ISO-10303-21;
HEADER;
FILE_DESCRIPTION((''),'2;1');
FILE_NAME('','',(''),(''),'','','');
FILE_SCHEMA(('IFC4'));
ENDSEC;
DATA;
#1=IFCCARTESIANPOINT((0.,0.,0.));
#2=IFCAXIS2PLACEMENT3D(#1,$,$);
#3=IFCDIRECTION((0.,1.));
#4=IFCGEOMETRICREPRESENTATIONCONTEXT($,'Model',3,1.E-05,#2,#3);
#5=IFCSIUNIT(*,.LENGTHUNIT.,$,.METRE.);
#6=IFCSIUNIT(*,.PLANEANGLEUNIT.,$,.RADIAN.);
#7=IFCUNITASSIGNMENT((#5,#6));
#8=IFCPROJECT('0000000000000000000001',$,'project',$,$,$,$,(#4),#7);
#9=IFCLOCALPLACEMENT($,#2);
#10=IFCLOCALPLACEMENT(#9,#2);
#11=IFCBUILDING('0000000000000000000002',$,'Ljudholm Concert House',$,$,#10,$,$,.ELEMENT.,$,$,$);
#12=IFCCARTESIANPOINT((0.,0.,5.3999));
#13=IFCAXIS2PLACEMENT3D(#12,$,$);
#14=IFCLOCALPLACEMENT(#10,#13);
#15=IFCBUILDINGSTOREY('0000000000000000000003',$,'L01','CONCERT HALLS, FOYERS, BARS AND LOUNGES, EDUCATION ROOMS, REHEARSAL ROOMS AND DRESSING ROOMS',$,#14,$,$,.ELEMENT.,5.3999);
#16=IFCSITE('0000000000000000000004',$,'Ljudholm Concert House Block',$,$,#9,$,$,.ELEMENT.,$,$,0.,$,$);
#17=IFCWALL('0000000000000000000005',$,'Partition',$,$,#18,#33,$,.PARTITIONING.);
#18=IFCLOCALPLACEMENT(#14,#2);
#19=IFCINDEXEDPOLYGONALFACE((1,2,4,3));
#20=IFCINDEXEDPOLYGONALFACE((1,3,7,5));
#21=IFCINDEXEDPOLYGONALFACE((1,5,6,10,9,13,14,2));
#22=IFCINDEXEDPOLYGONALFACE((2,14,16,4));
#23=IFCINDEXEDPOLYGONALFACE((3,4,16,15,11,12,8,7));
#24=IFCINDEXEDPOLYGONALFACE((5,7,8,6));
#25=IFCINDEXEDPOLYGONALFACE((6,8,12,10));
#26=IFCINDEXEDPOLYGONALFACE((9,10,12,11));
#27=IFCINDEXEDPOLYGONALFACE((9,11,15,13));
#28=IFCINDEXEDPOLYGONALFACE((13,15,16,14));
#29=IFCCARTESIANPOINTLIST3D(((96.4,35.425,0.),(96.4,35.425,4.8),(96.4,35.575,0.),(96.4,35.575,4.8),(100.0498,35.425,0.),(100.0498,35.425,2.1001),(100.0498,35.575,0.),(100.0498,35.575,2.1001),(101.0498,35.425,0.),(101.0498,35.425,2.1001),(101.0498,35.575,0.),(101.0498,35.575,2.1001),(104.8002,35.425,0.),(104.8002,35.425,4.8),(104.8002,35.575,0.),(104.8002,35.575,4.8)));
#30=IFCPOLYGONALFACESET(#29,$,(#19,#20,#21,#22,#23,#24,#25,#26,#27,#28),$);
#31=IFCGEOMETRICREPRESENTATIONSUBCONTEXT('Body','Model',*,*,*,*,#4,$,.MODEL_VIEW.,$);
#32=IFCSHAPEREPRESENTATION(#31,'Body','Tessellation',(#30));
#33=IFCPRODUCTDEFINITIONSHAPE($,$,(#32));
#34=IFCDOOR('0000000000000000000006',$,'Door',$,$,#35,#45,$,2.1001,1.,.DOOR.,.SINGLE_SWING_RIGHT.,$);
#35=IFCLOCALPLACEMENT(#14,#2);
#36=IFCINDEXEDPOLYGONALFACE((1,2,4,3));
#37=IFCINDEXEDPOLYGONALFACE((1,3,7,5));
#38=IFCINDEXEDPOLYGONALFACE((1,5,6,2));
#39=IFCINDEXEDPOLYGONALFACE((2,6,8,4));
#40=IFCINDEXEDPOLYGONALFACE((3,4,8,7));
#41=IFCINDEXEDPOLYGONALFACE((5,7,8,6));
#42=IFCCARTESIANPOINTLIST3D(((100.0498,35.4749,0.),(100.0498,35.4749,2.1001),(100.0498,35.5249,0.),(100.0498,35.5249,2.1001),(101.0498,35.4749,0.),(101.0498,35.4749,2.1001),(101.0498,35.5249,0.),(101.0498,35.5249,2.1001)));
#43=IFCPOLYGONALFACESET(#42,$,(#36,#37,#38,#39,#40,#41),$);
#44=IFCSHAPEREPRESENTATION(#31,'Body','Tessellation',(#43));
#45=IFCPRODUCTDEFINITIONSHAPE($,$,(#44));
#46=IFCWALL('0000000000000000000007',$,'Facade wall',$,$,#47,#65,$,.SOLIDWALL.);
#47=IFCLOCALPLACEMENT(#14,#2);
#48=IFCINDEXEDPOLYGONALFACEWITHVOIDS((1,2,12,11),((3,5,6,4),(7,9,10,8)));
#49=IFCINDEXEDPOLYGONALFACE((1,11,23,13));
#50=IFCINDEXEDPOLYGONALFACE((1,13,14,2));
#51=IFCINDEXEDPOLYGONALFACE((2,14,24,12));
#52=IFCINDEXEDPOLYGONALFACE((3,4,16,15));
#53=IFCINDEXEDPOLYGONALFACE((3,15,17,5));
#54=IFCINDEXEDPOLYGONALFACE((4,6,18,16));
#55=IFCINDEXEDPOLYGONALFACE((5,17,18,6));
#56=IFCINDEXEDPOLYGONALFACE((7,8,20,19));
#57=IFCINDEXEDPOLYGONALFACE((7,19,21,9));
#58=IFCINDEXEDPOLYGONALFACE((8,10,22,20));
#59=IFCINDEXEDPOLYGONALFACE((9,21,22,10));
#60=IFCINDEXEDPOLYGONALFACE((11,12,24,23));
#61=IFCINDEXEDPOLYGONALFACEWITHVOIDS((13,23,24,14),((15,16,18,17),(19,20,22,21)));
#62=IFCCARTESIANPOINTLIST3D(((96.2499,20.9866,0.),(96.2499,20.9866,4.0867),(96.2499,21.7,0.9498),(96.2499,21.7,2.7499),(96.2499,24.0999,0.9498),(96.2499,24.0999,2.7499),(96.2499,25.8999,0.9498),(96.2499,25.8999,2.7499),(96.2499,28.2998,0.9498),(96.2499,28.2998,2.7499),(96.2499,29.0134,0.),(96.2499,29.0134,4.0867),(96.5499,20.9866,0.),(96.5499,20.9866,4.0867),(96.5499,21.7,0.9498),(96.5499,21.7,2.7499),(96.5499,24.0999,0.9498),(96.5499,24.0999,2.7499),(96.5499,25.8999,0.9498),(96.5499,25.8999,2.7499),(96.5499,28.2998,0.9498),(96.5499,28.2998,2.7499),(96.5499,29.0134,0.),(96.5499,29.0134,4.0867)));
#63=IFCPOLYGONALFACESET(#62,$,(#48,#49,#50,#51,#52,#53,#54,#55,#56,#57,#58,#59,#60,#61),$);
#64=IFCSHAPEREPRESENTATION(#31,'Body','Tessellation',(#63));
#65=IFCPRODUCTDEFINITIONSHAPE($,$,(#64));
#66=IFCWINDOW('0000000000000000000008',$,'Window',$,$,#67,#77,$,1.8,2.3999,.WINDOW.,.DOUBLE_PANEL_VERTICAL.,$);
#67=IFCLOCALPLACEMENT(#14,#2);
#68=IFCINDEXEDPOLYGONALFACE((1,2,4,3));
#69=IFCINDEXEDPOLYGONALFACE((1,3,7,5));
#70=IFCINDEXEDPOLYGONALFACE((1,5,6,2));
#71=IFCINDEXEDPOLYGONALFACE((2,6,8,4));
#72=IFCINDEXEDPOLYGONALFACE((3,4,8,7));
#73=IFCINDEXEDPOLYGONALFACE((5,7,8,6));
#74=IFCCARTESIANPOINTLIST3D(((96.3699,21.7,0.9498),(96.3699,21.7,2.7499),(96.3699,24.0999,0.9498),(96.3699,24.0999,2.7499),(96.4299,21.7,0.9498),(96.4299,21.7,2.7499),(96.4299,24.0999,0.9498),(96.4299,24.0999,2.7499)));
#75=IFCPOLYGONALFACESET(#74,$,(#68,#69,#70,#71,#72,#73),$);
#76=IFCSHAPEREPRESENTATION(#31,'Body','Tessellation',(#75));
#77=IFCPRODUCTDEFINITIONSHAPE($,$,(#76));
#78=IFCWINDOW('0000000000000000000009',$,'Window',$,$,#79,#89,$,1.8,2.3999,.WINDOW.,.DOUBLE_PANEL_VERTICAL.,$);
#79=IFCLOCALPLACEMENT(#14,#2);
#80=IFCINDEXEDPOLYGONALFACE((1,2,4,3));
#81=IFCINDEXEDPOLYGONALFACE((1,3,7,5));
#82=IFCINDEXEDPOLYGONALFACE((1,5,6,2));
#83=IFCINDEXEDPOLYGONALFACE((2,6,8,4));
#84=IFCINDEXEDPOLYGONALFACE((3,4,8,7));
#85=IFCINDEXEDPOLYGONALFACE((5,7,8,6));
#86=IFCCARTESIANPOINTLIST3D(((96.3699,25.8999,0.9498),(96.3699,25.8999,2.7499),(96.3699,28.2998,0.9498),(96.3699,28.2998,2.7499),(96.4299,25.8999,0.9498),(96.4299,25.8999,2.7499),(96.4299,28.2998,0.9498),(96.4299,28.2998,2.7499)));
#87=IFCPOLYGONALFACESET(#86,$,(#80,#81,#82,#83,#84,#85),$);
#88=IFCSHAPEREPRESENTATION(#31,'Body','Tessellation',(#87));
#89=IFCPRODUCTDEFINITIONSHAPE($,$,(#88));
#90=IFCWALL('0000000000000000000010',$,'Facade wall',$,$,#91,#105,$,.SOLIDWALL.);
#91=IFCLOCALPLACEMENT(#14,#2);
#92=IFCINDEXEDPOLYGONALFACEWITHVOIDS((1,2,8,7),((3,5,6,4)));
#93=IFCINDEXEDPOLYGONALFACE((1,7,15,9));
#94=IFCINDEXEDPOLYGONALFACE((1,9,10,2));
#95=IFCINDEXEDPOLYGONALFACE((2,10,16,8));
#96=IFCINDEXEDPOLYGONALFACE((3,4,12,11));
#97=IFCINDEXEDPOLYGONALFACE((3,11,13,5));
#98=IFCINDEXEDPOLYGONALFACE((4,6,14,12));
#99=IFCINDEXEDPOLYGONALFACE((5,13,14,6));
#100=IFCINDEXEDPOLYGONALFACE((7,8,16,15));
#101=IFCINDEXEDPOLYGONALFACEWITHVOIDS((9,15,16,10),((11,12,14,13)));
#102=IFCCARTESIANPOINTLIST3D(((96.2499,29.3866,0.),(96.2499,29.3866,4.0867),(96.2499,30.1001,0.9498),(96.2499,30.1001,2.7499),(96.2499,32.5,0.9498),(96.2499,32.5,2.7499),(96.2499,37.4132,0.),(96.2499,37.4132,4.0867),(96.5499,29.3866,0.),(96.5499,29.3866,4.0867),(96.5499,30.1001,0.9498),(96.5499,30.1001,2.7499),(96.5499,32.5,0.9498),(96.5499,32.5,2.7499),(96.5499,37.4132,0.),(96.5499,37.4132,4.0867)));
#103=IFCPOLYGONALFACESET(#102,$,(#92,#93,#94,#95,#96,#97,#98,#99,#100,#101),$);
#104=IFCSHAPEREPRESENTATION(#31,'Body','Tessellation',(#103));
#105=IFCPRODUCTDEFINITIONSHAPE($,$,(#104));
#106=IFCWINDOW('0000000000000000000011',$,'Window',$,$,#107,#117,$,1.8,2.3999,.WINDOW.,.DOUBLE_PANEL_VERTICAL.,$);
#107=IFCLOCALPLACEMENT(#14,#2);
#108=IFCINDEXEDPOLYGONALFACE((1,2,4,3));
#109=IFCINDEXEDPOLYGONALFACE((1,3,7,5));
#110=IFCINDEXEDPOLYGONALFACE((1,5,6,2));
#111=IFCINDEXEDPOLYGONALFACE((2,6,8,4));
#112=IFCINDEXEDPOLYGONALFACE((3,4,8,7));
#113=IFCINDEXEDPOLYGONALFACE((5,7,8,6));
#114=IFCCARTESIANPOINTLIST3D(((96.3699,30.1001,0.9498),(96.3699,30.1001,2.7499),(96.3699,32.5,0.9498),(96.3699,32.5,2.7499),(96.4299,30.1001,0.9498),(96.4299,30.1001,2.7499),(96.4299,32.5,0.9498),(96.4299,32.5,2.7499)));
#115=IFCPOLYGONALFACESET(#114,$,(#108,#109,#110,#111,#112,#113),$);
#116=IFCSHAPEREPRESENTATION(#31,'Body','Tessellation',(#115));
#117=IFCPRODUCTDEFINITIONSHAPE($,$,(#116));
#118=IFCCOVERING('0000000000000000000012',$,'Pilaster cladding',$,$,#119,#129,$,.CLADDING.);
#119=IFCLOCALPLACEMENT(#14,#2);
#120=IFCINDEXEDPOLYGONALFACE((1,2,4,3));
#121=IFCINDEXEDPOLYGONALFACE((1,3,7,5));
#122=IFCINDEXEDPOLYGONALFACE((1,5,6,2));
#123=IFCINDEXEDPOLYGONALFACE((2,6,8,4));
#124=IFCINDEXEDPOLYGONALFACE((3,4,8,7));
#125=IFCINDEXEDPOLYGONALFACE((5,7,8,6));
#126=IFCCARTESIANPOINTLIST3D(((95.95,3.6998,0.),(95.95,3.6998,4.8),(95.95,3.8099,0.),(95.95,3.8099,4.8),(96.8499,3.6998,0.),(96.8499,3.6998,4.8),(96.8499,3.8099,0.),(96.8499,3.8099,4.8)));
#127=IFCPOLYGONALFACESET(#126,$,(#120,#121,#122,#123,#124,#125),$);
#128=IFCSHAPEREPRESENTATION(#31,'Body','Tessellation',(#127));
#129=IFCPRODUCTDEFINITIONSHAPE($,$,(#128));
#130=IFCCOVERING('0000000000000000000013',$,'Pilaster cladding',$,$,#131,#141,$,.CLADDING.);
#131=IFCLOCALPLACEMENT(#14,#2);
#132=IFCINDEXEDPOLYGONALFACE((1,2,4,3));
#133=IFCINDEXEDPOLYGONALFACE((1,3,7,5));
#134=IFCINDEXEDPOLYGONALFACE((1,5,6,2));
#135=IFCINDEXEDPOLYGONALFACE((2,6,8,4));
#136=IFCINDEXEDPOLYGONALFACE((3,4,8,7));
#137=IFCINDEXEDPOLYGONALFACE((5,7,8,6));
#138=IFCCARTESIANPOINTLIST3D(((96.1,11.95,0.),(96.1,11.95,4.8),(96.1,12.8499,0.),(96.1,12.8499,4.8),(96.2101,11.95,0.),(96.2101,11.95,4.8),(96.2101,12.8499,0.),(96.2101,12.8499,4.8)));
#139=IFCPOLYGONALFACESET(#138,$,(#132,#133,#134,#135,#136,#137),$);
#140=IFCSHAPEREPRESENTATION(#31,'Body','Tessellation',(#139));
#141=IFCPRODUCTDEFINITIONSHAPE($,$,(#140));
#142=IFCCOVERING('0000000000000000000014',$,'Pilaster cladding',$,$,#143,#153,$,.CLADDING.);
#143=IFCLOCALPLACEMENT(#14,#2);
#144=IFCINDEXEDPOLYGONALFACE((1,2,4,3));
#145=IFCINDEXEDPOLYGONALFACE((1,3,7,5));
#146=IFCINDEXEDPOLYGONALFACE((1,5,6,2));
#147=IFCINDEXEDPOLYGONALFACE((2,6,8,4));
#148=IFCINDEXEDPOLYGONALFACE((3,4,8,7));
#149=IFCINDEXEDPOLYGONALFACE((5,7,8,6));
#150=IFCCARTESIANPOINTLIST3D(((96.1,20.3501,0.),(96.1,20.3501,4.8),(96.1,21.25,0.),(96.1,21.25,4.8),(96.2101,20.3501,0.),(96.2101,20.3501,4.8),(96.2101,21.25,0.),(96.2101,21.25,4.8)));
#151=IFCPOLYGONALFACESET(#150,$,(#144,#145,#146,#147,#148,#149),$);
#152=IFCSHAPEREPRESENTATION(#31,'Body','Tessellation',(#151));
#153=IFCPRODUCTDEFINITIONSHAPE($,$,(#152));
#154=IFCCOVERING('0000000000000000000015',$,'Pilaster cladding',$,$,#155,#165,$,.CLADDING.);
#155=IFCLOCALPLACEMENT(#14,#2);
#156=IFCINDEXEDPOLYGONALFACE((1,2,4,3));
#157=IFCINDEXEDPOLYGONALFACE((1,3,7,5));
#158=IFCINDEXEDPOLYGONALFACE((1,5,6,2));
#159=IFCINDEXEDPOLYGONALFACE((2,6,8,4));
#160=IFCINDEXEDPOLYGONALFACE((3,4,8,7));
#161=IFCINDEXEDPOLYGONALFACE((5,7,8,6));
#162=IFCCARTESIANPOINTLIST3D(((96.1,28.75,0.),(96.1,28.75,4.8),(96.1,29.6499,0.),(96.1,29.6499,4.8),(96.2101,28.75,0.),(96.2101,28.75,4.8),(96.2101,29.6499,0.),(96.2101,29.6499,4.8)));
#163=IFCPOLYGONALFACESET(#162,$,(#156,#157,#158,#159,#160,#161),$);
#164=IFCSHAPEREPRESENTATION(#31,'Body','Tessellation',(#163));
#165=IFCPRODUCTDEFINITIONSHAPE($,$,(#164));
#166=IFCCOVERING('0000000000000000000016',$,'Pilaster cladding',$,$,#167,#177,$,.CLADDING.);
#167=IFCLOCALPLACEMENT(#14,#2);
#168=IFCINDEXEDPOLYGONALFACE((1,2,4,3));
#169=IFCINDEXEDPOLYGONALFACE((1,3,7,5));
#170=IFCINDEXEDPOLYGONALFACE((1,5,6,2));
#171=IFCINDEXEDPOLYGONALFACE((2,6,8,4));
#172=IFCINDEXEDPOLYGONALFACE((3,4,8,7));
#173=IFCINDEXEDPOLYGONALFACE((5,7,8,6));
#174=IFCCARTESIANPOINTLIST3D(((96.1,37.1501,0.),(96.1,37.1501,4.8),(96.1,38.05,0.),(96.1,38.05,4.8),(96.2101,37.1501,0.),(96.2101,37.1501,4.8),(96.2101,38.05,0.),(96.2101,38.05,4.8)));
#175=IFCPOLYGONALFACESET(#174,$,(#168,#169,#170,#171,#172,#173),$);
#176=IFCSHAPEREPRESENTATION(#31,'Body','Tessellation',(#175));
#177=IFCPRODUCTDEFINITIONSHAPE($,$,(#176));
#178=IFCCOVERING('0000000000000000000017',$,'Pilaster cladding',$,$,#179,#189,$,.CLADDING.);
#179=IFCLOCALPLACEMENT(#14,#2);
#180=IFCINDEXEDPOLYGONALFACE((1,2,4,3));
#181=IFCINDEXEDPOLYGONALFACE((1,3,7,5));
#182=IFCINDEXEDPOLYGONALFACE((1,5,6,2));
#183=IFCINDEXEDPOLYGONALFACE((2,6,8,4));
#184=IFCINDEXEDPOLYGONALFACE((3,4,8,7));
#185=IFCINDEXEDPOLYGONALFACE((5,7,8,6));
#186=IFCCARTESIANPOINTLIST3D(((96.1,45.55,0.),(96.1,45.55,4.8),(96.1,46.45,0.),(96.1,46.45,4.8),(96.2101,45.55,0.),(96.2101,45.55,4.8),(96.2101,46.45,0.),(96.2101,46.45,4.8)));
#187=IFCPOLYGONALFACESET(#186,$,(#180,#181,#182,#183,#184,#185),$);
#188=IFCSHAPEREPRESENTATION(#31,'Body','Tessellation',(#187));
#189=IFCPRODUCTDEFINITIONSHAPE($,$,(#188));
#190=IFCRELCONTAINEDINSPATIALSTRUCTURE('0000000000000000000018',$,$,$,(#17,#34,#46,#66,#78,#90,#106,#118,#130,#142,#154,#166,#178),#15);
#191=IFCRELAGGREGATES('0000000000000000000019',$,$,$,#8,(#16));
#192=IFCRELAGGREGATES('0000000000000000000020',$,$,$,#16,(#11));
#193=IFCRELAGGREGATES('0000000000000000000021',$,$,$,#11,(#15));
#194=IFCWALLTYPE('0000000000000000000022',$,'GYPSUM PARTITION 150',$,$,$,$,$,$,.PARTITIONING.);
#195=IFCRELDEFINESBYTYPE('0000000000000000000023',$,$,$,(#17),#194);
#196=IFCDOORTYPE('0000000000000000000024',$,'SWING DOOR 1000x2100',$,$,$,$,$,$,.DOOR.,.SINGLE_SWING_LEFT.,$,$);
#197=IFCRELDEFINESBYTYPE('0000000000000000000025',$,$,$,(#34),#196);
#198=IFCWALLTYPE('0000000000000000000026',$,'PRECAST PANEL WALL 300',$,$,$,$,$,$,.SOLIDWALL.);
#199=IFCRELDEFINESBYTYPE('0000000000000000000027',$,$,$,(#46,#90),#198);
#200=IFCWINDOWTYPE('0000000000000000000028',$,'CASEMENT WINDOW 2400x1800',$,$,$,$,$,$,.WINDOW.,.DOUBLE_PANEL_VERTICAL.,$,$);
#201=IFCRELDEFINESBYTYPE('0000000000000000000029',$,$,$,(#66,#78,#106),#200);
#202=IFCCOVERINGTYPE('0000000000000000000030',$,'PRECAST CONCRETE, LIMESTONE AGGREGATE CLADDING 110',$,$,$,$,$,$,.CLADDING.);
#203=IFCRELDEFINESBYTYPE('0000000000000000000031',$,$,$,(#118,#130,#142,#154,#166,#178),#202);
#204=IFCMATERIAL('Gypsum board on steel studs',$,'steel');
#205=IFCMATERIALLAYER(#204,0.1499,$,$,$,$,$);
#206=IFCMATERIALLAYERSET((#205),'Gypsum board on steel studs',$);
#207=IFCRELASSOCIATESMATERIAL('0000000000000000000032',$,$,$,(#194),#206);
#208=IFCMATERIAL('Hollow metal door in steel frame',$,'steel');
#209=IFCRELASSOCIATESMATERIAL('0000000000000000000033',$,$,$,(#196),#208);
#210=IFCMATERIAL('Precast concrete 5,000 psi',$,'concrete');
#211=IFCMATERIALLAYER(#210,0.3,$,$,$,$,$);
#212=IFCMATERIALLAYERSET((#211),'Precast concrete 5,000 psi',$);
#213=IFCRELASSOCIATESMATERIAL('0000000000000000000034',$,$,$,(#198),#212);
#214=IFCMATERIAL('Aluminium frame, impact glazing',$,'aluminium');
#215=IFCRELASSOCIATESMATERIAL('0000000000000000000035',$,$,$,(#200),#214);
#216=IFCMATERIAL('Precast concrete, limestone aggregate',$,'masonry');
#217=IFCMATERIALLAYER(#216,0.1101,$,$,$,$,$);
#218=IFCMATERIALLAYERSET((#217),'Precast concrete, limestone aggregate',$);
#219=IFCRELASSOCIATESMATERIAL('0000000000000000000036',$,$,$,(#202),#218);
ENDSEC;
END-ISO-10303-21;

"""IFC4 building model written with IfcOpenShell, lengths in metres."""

from ifc_helpers import new_model, si_unit, direction, frame, frame_2d, origin, origin_2d, place, context, subcontext, project, spatial, rectangle, extrude, material, layer, layer_set, type_object, element, fill, save


model = new_model("IFC4")

# Units and contexts
model_context = context("Model", 3, precision=1e-05, world=origin(), true_north=direction((0.0, 1.0)))
body_context = subcontext(model_context, "Body", "Model", "MODEL_VIEW")
ifc_project = project(units=[si_unit("LENGTHUNIT", "METRE"), si_unit("PLANEANGLEUNIT", "RADIAN")], contexts=[model_context])

# Site, building, storey
site_placement = place(None, origin())
site = spatial("IfcSite", under=ifc_project, at=site_placement, Name="Ljudholm Concert House Block", CompositionType="ELEMENT", RefElevation=0.0)
building_placement = place(site_placement, origin())
building = spatial("IfcBuilding", under=site, at=building_placement, Name="Ljudholm Concert House", CompositionType="ELEMENT")
storey_placement = place(building_placement, frame((0.0, 0.0, 5.3999)))
storey = spatial("IfcBuildingStorey", under=building, at=storey_placement, Name="L01", Description="CONCERT HALLS, FOYERS, BARS AND LOUNGES, EDUCATION ROOMS, REHEARSAL ROOMS AND DRESSING ROOMS", CompositionType="ELEMENT", Elevation=5.3999)

# Wall, opening, door
ifc_material_1 = material(Name="Gypsum board on steel studs", Category="steel")
ifc_layer_1 = layer(ifc_material_1, 0.1499)
ifc_layer_set_1 = layer_set([ifc_layer_1], Name="Gypsum board on steel studs")
wall_type_1 = type_object("IfcWallType", Name="GYPSUM PARTITION 150", PredefinedType="PARTITIONING", material=ifc_layer_set_1)
wall_1_placement = place(storey_placement, frame((96.3999, 35.5, 0.0), z_axis=(0.0, 0.0, 1.0), x_axis=(1.0, 0.0, 0.0)))
wall_1 = element("IfcWall", 1, at=wall_1_placement, inside=storey, type_object=wall_type_1, Name="Partition", PredefinedType="PARTITIONING", context=body_context, shape_type="SweptSolid", body=[
    extrude(rectangle(XDim=8.4001, YDim=0.1499, at=frame_2d((4.2002, 0.0))), origin(), (0.0, 0.0, 1.0), 4.8),
])
opening_1_placement = place(wall_1_placement, frame((3.6499, 0.0, 0.0)))
opening_1 = element("IfcOpeningElement", 2, at=opening_1_placement, cuts=wall_1, PredefinedType="OPENING", context=body_context, shape_type="SweptSolid", body=[
    extrude(rectangle(XDim=1.0, YDim=2.1001, at=frame_2d((0.5, 1.05))), frame((0.0, 0.085, 0.0), z_axis=(0.0, -1.0, 0.0), x_axis=(1.0, 0.0, 0.0)), (0.0, 0.0, 1.0), 0.1699),
])
ifc_material_2 = material(Name="Hollow metal door in steel frame", Category="steel")
door_type = type_object("IfcDoorType", Name="SWING DOOR 1000x2100", OperationType="SINGLE_SWING_LEFT", PredefinedType="DOOR", material=ifc_material_2)
door_placement = place(opening_1_placement, origin())
door = element("IfcDoor", 3, at=door_placement, inside=storey, type_object=door_type, Name="Door", OperationType="SINGLE_SWING_RIGHT", OverallHeight=2.1001, OverallWidth=1.0, PredefinedType="DOOR", context=body_context, shape_type="SweptSolid", body=[
    extrude(rectangle(XDim=1.0, YDim=2.1001, at=frame_2d((0.5, 1.05))), frame((0.0, 0.0249, 0.0), z_axis=(0.0, -1.0, 0.0), x_axis=(1.0, 0.0, 0.0)), (0.0, 0.0, 1.0), 0.05),
])
fill(opening_1, door)

# Wall, openings, windows
ifc_material_3 = material(Name="Precast concrete 5,000 psi", Category="concrete")
ifc_layer_2 = layer(ifc_material_3, 0.3)
ifc_layer_set_2 = layer_set([ifc_layer_2], Name="Precast concrete 5,000 psi")
wall_type_2 = type_object("IfcWallType", Name="PRECAST PANEL WALL 300", PredefinedType="SOLIDWALL", material=ifc_layer_set_2)
wall_2_placement = place(storey_placement, frame((96.3999, 20.9866, 0.0), z_axis=(0.0, 0.0, 1.0), x_axis=(0.0, 1.0, 0.0)))
wall_2 = element("IfcWall", 4, at=wall_2_placement, inside=storey, type_object=wall_type_2, Name="Facade wall", PredefinedType="SOLIDWALL", context=body_context, shape_type="SweptSolid", body=[
    extrude(rectangle(XDim=8.0269, YDim=0.3, at=frame_2d((4.0134, 0.0))), origin(), (0.0, 0.0, 1.0), 4.0867),
])
opening_2_placement = place(wall_2_placement, frame((0.7134, 0.0, 0.95)))
opening_2 = element("IfcOpeningElement", 5, at=opening_2_placement, cuts=wall_2, PredefinedType="OPENING", context=body_context, shape_type="SweptSolid", body=[
    extrude(rectangle(XDim=2.3999, YDim=1.8, at=frame_2d((1.2, 0.8999))), frame((0.0, 0.1599, 0.0), z_axis=(0.0, -1.0, 0.0), x_axis=(1.0, 0.0, 0.0)), (0.0, 0.0, 1.0), 0.3201),
])
opening_3_placement = place(wall_2_placement, frame((4.9133, 0.0, 0.95)))
opening_3 = element("IfcOpeningElement", 6, at=opening_3_placement, cuts=wall_2, PredefinedType="OPENING", context=body_context, shape_type="SweptSolid", body=[
    extrude(rectangle(XDim=2.3999, YDim=1.8, at=frame_2d((1.2, 0.8999))), frame((0.0, 0.1599, 0.0), z_axis=(0.0, -1.0, 0.0), x_axis=(1.0, 0.0, 0.0)), (0.0, 0.0, 1.0), 0.3201),
])
ifc_material_4 = material(Name="Aluminium frame, impact glazing", Category="aluminium")
window_type = type_object("IfcWindowType", Name="CASEMENT WINDOW 2400x1800", PartitioningType="DOUBLE_PANEL_VERTICAL", PredefinedType="WINDOW", material=ifc_material_4)
window_1_placement = place(opening_2_placement, origin())
window_1 = element("IfcWindow", 7, at=window_1_placement, inside=storey, type_object=window_type, Name="Window", OverallHeight=1.8, OverallWidth=2.3999, PartitioningType="DOUBLE_PANEL_VERTICAL", PredefinedType="WINDOW", context=body_context, shape_type="SweptSolid", body=[
    extrude(rectangle(XDim=2.3999, YDim=1.8, at=frame_2d((1.2, 0.8999))), frame((0.0, 0.03, 0.0), z_axis=(0.0, -1.0, 0.0), x_axis=(1.0, 0.0, 0.0)), (0.0, 0.0, 1.0), 0.0601),
])
fill(opening_2, window_1)
window_2_placement = place(opening_3_placement, origin())
window_2 = element("IfcWindow", 8, at=window_2_placement, inside=storey, type_object=window_type, Name="Window", OverallHeight=1.8, OverallWidth=2.3999, PartitioningType="DOUBLE_PANEL_VERTICAL", PredefinedType="WINDOW", context=body_context, shape_type="SweptSolid", body=[
    extrude(rectangle(XDim=2.3999, YDim=1.8, at=frame_2d((1.2, 0.8999))), frame((0.0, 0.03, 0.0), z_axis=(0.0, -1.0, 0.0), x_axis=(1.0, 0.0, 0.0)), (0.0, 0.0, 1.0), 0.0601),
])
fill(opening_3, window_2)

# Wall, opening, window
wall_3_placement = place(storey_placement, frame((96.3999, 29.3867, 0.0), z_axis=(0.0, 0.0, 1.0), x_axis=(0.0, 1.0, 0.0)))
wall_3 = element("IfcWall", 9, at=wall_3_placement, inside=storey, type_object=wall_type_2, Name="Facade wall", PredefinedType="SOLIDWALL", context=body_context, shape_type="SweptSolid", body=[
    extrude(rectangle(XDim=8.0266, YDim=0.3, at=frame_2d((4.0132, 0.0))), origin(), (0.0, 0.0, 1.0), 4.0867),
])
opening_4_placement = place(wall_3_placement, frame((0.7134, 0.0, 0.95)))
opening_4 = element("IfcOpeningElement", 10, at=opening_4_placement, cuts=wall_3, PredefinedType="OPENING", context=body_context, shape_type="SweptSolid", body=[
    extrude(rectangle(XDim=2.3999, YDim=1.8, at=frame_2d((1.2, 0.8999))), frame((0.0, 0.1599, 0.0), z_axis=(0.0, -1.0, 0.0), x_axis=(1.0, 0.0, 0.0)), (0.0, 0.0, 1.0), 0.3201),
])
window_3_placement = place(opening_4_placement, origin())
window_3 = element("IfcWindow", 11, at=window_3_placement, inside=storey, type_object=window_type, Name="Window", OverallHeight=1.8, OverallWidth=2.3999, PartitioningType="DOUBLE_PANEL_VERTICAL", PredefinedType="WINDOW", context=body_context, shape_type="SweptSolid", body=[
    extrude(rectangle(XDim=2.3999, YDim=1.8, at=frame_2d((1.2, 0.8999))), frame((0.0, 0.03, 0.0), z_axis=(0.0, -1.0, 0.0), x_axis=(1.0, 0.0, 0.0)), (0.0, 0.0, 1.0), 0.0601),
])
fill(opening_4, window_3)

# Coverings
ifc_material_5 = material(Name="Precast concrete, limestone aggregate", Category="masonry")
ifc_layer_3 = layer(ifc_material_5, 0.1101)
ifc_layer_set_3 = layer_set([ifc_layer_3], Name="Precast concrete, limestone aggregate")
covering_type = type_object("IfcCoveringType", Name="PRECAST CONCRETE, LIMESTONE AGGREGATE CLADDING 110", PredefinedType="CLADDING", material=ifc_layer_set_3)
for number, where, z_axis, x_axis, name in (
    (12, (96.3999, 3.7549, 0.0), (0.0, 0.0, 1.0), (0.0, -1.0, 0.0), "Pilaster cladding"),
    (13, (96.155, 12.3999, 0.0), (0.0, 0.0, 1.0), (-1.0, 0.0, 0.0), "Pilaster cladding"),
    (14, (96.155, 20.8, 0.0), (0.0, 0.0, 1.0), (-1.0, 0.0, 0.0), "Pilaster cladding"),
    (15, (96.155, 29.2, 0.0), (0.0, 0.0, 1.0), (-1.0, 0.0, 0.0), "Pilaster cladding"),
    (16, (96.155, 37.6001, 0.0), (0.0, 0.0, 1.0), (-1.0, 0.0, 0.0), "Pilaster cladding"),
    (17, (96.155, 46.0, 0.0), (0.0, 0.0, 1.0), (-1.0, 0.0, 0.0), "Pilaster cladding"),
):
    element("IfcCovering", number, at=place(storey_placement, frame(where, z_axis=z_axis, x_axis=x_axis)), inside=storey, type_object=covering_type, Name=name, PredefinedType="CLADDING", context=body_context, shape_type="SweptSolid", body=[
        extrude(rectangle(XDim=0.1101, YDim=0.8999, at=origin_2d()), origin(), (0.0, 0.0, 1.0), 4.8),
    ])

save(model, "model.ifc")
